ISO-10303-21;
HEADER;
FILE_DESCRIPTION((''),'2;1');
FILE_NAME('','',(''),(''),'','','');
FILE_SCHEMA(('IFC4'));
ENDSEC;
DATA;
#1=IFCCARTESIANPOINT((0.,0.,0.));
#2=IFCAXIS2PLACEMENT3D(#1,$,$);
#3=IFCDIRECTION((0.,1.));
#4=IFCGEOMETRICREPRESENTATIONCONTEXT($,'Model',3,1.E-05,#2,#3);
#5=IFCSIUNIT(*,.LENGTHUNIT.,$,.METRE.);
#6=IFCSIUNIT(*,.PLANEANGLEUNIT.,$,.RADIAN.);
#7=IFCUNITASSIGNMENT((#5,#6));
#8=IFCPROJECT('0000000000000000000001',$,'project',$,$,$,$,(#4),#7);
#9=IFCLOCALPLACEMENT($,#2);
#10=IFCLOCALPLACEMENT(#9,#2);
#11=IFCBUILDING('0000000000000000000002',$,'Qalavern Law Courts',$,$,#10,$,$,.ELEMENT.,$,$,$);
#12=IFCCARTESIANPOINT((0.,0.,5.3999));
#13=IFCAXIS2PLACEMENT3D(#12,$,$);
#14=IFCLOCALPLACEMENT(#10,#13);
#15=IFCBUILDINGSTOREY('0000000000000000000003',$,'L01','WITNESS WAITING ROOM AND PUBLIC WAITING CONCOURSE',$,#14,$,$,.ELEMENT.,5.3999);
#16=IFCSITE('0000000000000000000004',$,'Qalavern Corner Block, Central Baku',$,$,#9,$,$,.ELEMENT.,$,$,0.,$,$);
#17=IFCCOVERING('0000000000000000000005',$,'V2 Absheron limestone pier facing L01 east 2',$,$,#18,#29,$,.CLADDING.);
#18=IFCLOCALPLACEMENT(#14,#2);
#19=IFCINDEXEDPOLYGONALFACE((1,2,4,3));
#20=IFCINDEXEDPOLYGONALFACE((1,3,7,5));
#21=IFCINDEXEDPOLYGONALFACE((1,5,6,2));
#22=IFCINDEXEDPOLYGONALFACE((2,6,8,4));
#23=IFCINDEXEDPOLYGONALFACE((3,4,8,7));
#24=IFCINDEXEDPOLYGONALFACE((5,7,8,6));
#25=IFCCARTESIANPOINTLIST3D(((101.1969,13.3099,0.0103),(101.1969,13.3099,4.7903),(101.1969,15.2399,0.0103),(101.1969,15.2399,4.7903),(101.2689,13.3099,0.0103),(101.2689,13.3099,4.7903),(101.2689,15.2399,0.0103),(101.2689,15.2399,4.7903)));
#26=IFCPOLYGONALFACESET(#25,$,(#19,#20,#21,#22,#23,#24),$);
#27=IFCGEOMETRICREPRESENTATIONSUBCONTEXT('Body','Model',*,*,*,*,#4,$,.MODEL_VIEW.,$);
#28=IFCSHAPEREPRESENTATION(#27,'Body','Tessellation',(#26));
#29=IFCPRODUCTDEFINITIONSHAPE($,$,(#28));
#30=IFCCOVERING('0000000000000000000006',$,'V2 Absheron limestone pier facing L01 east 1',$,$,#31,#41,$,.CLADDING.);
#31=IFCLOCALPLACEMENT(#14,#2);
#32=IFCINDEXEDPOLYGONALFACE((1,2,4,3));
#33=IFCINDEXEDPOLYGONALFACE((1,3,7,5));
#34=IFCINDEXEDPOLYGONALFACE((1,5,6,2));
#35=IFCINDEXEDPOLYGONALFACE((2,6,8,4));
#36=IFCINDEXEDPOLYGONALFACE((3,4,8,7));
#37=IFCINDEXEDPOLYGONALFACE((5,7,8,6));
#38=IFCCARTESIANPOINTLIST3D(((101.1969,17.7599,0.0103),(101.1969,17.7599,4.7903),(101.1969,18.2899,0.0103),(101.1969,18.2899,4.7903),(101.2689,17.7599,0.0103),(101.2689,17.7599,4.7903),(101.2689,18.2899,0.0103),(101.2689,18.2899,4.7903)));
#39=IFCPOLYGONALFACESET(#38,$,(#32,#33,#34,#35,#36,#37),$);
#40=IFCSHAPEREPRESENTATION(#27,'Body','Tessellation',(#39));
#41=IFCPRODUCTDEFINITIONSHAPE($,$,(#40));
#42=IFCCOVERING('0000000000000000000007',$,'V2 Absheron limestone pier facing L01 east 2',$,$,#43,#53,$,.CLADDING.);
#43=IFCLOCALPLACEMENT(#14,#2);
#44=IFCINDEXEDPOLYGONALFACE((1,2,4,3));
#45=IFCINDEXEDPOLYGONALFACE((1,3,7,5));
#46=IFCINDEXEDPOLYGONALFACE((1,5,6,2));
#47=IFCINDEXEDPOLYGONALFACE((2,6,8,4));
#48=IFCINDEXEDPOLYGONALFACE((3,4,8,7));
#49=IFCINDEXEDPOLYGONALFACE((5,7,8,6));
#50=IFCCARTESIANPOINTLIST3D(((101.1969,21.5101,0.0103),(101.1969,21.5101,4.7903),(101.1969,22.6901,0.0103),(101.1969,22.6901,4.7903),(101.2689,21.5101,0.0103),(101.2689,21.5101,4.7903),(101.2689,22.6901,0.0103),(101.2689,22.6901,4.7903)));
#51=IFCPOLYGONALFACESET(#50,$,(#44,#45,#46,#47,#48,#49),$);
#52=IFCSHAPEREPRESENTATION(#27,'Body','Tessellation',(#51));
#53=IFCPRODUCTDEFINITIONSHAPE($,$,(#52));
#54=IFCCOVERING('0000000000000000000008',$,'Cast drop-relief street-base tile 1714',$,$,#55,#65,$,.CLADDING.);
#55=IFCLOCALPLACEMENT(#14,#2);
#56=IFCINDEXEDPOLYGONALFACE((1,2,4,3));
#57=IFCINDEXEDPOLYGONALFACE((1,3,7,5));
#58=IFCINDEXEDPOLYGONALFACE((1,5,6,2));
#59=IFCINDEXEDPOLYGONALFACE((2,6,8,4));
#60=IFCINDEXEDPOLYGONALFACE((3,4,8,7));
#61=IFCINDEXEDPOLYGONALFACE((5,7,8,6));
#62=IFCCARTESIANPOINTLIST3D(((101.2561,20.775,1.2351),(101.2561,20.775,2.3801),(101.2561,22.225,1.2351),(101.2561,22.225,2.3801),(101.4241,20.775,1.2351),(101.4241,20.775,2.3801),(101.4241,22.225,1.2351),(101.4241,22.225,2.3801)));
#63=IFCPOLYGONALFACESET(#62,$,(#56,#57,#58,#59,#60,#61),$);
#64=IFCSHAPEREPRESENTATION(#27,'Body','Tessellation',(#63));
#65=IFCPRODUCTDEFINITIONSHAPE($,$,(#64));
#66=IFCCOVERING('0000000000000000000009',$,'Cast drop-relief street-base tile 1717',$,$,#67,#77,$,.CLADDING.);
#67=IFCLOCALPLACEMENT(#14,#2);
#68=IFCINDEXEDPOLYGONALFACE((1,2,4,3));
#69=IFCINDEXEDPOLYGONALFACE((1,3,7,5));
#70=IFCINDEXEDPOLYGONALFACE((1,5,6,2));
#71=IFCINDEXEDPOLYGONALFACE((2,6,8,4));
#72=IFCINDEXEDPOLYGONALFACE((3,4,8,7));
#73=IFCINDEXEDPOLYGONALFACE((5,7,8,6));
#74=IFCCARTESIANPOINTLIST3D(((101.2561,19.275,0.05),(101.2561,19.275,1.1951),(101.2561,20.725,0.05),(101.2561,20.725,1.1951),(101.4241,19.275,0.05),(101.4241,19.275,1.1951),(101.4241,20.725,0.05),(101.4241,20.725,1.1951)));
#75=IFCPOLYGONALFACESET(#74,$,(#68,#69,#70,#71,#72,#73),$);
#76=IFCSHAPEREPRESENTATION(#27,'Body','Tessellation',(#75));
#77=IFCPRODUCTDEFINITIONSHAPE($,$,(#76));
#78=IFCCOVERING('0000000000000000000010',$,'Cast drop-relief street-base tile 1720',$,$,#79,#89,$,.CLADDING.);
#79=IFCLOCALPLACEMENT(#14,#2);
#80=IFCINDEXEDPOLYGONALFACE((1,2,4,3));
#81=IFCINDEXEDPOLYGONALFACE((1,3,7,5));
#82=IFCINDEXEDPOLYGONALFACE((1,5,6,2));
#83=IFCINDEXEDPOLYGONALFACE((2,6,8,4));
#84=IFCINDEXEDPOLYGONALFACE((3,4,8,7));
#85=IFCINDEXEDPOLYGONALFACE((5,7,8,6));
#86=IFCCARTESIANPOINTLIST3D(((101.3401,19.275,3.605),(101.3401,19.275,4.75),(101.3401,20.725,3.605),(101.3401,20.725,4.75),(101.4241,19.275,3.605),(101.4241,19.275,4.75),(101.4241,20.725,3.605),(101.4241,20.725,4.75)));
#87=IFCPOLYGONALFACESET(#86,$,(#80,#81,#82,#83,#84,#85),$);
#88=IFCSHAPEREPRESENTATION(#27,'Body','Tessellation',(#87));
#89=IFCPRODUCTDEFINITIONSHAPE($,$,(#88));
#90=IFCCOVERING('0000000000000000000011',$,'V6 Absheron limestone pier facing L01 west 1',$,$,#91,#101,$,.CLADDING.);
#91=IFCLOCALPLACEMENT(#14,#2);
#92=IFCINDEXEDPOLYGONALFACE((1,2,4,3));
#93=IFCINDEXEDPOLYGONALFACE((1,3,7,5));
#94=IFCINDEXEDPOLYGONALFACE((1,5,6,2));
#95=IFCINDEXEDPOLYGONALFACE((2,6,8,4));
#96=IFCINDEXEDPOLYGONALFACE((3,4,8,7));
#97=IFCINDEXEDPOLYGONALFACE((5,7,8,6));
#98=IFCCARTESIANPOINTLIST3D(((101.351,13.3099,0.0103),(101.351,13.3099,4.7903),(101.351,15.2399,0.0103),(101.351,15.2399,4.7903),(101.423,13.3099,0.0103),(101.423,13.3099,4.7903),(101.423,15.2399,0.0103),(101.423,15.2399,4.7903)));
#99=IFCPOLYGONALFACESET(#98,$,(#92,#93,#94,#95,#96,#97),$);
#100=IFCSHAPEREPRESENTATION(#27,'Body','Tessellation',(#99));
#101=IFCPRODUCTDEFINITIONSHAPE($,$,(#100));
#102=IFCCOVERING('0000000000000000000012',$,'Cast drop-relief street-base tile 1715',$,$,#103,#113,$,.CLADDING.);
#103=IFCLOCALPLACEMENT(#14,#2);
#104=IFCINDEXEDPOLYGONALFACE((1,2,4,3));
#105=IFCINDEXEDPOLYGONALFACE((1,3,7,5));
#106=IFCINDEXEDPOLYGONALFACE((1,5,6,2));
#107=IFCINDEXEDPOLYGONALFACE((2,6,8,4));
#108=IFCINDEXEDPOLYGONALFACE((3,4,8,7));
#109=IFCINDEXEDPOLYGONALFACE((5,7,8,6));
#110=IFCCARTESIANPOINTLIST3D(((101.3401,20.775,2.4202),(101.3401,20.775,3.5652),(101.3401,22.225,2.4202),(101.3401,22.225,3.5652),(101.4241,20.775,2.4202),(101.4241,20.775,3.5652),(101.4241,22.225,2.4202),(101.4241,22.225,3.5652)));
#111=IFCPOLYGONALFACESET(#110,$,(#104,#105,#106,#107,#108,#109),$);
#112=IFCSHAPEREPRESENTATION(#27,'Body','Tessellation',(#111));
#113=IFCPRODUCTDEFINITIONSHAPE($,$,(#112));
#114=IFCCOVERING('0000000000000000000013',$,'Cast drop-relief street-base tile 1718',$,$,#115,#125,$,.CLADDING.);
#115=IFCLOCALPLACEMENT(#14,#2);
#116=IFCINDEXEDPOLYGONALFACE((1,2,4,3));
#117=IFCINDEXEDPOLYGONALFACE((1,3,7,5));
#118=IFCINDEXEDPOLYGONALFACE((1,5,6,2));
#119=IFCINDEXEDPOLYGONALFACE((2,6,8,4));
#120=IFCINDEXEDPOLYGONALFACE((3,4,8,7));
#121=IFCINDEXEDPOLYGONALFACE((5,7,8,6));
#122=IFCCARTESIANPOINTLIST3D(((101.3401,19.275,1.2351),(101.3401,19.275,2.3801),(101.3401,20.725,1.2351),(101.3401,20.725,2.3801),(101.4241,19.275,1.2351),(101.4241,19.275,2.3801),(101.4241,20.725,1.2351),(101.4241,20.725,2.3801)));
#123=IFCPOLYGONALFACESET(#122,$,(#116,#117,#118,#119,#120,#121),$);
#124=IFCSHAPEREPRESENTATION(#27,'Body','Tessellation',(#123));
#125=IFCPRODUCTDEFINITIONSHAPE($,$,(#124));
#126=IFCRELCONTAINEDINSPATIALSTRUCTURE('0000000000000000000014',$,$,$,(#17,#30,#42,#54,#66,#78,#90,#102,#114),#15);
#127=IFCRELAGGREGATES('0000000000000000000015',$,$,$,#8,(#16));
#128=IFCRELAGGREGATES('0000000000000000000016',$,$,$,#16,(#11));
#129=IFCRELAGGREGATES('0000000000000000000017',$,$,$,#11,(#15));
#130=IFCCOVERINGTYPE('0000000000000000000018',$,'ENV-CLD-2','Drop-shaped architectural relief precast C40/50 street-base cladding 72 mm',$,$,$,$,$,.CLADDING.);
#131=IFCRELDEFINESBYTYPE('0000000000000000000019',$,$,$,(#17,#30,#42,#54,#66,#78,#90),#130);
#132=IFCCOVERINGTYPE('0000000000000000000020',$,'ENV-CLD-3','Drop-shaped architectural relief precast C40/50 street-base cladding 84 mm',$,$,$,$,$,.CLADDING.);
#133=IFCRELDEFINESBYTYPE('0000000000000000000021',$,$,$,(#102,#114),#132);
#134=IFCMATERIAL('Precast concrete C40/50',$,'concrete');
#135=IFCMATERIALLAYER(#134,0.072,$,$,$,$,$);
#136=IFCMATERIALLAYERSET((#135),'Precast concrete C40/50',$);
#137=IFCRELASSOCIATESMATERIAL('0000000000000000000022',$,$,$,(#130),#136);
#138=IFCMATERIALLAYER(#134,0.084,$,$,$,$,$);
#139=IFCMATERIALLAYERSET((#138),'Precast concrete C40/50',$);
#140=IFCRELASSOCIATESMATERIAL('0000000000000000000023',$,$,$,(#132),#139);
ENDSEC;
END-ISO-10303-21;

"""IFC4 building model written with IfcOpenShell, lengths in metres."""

from ifc_helpers import new_model, si_unit, direction, frame, origin, origin_2d, place, context, subcontext, project, spatial, rectangle, extrude, material, layer, layer_set, type_object, element, save


model = new_model("IFC4")

# Units and contexts
model_context = context("Model", 3, precision=1e-05, world=origin(), true_north=direction((0.0, 1.0)))
body_context = subcontext(model_context, "Body", "Model", "MODEL_VIEW")
ifc_project = project(units=[si_unit("LENGTHUNIT", "METRE"), si_unit("PLANEANGLEUNIT", "RADIAN")], contexts=[model_context])

# Site, building, storey
site_placement = place(None, origin())
site = spatial("IfcSite", under=ifc_project, at=site_placement, Name="Qalavern Corner Block, Central Baku", CompositionType="ELEMENT", RefElevation=0.0)
building_placement = place(site_placement, origin())
building = spatial("IfcBuilding", under=site, at=building_placement, Name="Qalavern Law Courts", CompositionType="ELEMENT")
storey_placement = place(building_placement, frame((0.0, 0.0, 5.3999)))
storey = spatial("IfcBuildingStorey", under=building, at=storey_placement, Name="L01", Description="WITNESS WAITING ROOM AND PUBLIC WAITING CONCOURSE", CompositionType="ELEMENT", Elevation=5.3999)

# Coverings
ifc_material_1 = material(Name="Precast concrete C40/50", Category="concrete")
ifc_layer_1 = layer(ifc_material_1, 0.072)
ifc_layer_set_1 = layer_set([ifc_layer_1], Name="Precast concrete C40/50")
covering_type_1 = type_object("IfcCoveringType", Name="ENV-CLD-2", Description="Drop-shaped architectural relief precast C40/50 street-base cladding 72 mm", PredefinedType="CLADDING", material=ifc_layer_set_1)
covering_1_placement = place(storey_placement, frame((101.2329, 14.2749, 0.0103), z_axis=(0.0, 0.0, 1.0), x_axis=(0.0, 1.0, 0.0)))
element("IfcCovering", 1, at=covering_1_placement, inside=storey, type_object=covering_type_1, Name="V2 Absheron limestone pier facing L01 east 2", PredefinedType="CLADDING", context=body_context, shape_type="SweptSolid", body=[
    extrude(rectangle(XDim=1.9299, YDim=0.072, at=origin_2d()), origin(), (0.0, 0.0, 1.0), 4.78),
])
covering_2_placement = place(storey_placement, frame((101.2329, 18.0249, 0.0103), z_axis=(0.0, 0.0, 1.0), x_axis=(0.0, 1.0, 0.0)))
element("IfcCovering", 2, at=covering_2_placement, inside=storey, type_object=covering_type_1, Name="V2 Absheron limestone pier facing L01 east 1", PredefinedType="CLADDING", context=body_context, shape_type="SweptSolid", body=[
    extrude(rectangle(XDim=0.53, YDim=0.072, at=origin_2d()), origin(), (0.0, 0.0, 1.0), 4.78),
])
covering_3_placement = place(storey_placement, frame((101.2329, 22.1001, 0.0103), z_axis=(0.0, 0.0, 1.0), x_axis=(0.0, 1.0, 0.0)))
element("IfcCovering", 3, at=covering_3_placement, inside=storey, type_object=covering_type_1, Name="V2 Absheron limestone pier facing L01 east 2", PredefinedType="CLADDING", context=body_context, shape_type="SweptSolid", body=[
    extrude(rectangle(XDim=1.1799, YDim=0.072, at=origin_2d()), origin(), (0.0, 0.0, 1.0), 4.78),
])
for number, where, z_axis, x_axis, name in (
    (4, (101.3401, 21.5, 1.2351), (0.0, 0.0, 1.0), (0.0, -1.0, 0.0), "Cast drop-relief street-base tile 1714"),
    (5, (101.3401, 20.0, 0.05), (0.0, 0.0, 1.0), (0.0, -1.0, 0.0), "Cast drop-relief street-base tile 1717"),
):
    element("IfcCovering", number, at=place(storey_placement, frame(where, z_axis=z_axis, x_axis=x_axis)), inside=storey, type_object=covering_type_1, Name=name, PredefinedType="CLADDING", context=body_context, shape_type="SweptSolid", body=[
        extrude(rectangle(XDim=1.45, YDim=0.168, at=origin_2d()), origin(), (0.0, 0.0, 1.0), 1.145),
    ])
covering_4_placement = place(storey_placement, frame((101.3821, 20.0, 3.605), z_axis=(0.0, 0.0, 1.0), x_axis=(0.0, -1.0, 0.0)))
element("IfcCovering", 6, at=covering_4_placement, inside=storey, type_object=covering_type_1, Name="Cast drop-relief street-base tile 1720", PredefinedType="CLADDING", context=body_context, shape_type="SweptSolid", body=[
    extrude(rectangle(XDim=1.45, YDim=0.084, at=origin_2d()), origin(), (0.0, 0.0, 1.0), 1.145),
])
covering_5_placement = place(storey_placement, frame((101.387, 14.2749, 0.0103), z_axis=(0.0, 0.0, 1.0), x_axis=(0.0, -1.0, 0.0)))
element("IfcCovering", 7, at=covering_5_placement, inside=storey, type_object=covering_type_1, Name="V6 Absheron limestone pier facing L01 west 1", PredefinedType="CLADDING", context=body_context, shape_type="SweptSolid", body=[
    extrude(rectangle(XDim=1.9299, YDim=0.072, at=origin_2d()), origin(), (0.0, 0.0, 1.0), 4.78),
])
ifc_layer_2 = layer(ifc_material_1, 0.084)
ifc_layer_set_2 = layer_set([ifc_layer_2], Name="Precast concrete C40/50")
covering_type_2 = type_object("IfcCoveringType", Name="ENV-CLD-3", Description="Drop-shaped architectural relief precast C40/50 street-base cladding 84 mm", PredefinedType="CLADDING", material=ifc_layer_set_2)
for number, where, z_axis, x_axis, name in (
    (8, (101.3821, 21.5, 2.4202), (0.0, 0.0, 1.0), (0.0, -1.0, 0.0), "Cast drop-relief street-base tile 1715"),
    (9, (101.3821, 20.0, 1.2351), (0.0, 0.0, 1.0), (0.0, -1.0, 0.0), "Cast drop-relief street-base tile 1718"),
):
    element("IfcCovering", number, at=place(storey_placement, frame(where, z_axis=z_axis, x_axis=x_axis)), inside=storey, type_object=covering_type_2, Name=name, PredefinedType="CLADDING", context=body_context, shape_type="SweptSolid", body=[
        extrude(rectangle(XDim=1.45, YDim=0.084, at=origin_2d()), origin(), (0.0, 0.0, 1.0), 1.145),
    ])

save(model, "model.ifc")
